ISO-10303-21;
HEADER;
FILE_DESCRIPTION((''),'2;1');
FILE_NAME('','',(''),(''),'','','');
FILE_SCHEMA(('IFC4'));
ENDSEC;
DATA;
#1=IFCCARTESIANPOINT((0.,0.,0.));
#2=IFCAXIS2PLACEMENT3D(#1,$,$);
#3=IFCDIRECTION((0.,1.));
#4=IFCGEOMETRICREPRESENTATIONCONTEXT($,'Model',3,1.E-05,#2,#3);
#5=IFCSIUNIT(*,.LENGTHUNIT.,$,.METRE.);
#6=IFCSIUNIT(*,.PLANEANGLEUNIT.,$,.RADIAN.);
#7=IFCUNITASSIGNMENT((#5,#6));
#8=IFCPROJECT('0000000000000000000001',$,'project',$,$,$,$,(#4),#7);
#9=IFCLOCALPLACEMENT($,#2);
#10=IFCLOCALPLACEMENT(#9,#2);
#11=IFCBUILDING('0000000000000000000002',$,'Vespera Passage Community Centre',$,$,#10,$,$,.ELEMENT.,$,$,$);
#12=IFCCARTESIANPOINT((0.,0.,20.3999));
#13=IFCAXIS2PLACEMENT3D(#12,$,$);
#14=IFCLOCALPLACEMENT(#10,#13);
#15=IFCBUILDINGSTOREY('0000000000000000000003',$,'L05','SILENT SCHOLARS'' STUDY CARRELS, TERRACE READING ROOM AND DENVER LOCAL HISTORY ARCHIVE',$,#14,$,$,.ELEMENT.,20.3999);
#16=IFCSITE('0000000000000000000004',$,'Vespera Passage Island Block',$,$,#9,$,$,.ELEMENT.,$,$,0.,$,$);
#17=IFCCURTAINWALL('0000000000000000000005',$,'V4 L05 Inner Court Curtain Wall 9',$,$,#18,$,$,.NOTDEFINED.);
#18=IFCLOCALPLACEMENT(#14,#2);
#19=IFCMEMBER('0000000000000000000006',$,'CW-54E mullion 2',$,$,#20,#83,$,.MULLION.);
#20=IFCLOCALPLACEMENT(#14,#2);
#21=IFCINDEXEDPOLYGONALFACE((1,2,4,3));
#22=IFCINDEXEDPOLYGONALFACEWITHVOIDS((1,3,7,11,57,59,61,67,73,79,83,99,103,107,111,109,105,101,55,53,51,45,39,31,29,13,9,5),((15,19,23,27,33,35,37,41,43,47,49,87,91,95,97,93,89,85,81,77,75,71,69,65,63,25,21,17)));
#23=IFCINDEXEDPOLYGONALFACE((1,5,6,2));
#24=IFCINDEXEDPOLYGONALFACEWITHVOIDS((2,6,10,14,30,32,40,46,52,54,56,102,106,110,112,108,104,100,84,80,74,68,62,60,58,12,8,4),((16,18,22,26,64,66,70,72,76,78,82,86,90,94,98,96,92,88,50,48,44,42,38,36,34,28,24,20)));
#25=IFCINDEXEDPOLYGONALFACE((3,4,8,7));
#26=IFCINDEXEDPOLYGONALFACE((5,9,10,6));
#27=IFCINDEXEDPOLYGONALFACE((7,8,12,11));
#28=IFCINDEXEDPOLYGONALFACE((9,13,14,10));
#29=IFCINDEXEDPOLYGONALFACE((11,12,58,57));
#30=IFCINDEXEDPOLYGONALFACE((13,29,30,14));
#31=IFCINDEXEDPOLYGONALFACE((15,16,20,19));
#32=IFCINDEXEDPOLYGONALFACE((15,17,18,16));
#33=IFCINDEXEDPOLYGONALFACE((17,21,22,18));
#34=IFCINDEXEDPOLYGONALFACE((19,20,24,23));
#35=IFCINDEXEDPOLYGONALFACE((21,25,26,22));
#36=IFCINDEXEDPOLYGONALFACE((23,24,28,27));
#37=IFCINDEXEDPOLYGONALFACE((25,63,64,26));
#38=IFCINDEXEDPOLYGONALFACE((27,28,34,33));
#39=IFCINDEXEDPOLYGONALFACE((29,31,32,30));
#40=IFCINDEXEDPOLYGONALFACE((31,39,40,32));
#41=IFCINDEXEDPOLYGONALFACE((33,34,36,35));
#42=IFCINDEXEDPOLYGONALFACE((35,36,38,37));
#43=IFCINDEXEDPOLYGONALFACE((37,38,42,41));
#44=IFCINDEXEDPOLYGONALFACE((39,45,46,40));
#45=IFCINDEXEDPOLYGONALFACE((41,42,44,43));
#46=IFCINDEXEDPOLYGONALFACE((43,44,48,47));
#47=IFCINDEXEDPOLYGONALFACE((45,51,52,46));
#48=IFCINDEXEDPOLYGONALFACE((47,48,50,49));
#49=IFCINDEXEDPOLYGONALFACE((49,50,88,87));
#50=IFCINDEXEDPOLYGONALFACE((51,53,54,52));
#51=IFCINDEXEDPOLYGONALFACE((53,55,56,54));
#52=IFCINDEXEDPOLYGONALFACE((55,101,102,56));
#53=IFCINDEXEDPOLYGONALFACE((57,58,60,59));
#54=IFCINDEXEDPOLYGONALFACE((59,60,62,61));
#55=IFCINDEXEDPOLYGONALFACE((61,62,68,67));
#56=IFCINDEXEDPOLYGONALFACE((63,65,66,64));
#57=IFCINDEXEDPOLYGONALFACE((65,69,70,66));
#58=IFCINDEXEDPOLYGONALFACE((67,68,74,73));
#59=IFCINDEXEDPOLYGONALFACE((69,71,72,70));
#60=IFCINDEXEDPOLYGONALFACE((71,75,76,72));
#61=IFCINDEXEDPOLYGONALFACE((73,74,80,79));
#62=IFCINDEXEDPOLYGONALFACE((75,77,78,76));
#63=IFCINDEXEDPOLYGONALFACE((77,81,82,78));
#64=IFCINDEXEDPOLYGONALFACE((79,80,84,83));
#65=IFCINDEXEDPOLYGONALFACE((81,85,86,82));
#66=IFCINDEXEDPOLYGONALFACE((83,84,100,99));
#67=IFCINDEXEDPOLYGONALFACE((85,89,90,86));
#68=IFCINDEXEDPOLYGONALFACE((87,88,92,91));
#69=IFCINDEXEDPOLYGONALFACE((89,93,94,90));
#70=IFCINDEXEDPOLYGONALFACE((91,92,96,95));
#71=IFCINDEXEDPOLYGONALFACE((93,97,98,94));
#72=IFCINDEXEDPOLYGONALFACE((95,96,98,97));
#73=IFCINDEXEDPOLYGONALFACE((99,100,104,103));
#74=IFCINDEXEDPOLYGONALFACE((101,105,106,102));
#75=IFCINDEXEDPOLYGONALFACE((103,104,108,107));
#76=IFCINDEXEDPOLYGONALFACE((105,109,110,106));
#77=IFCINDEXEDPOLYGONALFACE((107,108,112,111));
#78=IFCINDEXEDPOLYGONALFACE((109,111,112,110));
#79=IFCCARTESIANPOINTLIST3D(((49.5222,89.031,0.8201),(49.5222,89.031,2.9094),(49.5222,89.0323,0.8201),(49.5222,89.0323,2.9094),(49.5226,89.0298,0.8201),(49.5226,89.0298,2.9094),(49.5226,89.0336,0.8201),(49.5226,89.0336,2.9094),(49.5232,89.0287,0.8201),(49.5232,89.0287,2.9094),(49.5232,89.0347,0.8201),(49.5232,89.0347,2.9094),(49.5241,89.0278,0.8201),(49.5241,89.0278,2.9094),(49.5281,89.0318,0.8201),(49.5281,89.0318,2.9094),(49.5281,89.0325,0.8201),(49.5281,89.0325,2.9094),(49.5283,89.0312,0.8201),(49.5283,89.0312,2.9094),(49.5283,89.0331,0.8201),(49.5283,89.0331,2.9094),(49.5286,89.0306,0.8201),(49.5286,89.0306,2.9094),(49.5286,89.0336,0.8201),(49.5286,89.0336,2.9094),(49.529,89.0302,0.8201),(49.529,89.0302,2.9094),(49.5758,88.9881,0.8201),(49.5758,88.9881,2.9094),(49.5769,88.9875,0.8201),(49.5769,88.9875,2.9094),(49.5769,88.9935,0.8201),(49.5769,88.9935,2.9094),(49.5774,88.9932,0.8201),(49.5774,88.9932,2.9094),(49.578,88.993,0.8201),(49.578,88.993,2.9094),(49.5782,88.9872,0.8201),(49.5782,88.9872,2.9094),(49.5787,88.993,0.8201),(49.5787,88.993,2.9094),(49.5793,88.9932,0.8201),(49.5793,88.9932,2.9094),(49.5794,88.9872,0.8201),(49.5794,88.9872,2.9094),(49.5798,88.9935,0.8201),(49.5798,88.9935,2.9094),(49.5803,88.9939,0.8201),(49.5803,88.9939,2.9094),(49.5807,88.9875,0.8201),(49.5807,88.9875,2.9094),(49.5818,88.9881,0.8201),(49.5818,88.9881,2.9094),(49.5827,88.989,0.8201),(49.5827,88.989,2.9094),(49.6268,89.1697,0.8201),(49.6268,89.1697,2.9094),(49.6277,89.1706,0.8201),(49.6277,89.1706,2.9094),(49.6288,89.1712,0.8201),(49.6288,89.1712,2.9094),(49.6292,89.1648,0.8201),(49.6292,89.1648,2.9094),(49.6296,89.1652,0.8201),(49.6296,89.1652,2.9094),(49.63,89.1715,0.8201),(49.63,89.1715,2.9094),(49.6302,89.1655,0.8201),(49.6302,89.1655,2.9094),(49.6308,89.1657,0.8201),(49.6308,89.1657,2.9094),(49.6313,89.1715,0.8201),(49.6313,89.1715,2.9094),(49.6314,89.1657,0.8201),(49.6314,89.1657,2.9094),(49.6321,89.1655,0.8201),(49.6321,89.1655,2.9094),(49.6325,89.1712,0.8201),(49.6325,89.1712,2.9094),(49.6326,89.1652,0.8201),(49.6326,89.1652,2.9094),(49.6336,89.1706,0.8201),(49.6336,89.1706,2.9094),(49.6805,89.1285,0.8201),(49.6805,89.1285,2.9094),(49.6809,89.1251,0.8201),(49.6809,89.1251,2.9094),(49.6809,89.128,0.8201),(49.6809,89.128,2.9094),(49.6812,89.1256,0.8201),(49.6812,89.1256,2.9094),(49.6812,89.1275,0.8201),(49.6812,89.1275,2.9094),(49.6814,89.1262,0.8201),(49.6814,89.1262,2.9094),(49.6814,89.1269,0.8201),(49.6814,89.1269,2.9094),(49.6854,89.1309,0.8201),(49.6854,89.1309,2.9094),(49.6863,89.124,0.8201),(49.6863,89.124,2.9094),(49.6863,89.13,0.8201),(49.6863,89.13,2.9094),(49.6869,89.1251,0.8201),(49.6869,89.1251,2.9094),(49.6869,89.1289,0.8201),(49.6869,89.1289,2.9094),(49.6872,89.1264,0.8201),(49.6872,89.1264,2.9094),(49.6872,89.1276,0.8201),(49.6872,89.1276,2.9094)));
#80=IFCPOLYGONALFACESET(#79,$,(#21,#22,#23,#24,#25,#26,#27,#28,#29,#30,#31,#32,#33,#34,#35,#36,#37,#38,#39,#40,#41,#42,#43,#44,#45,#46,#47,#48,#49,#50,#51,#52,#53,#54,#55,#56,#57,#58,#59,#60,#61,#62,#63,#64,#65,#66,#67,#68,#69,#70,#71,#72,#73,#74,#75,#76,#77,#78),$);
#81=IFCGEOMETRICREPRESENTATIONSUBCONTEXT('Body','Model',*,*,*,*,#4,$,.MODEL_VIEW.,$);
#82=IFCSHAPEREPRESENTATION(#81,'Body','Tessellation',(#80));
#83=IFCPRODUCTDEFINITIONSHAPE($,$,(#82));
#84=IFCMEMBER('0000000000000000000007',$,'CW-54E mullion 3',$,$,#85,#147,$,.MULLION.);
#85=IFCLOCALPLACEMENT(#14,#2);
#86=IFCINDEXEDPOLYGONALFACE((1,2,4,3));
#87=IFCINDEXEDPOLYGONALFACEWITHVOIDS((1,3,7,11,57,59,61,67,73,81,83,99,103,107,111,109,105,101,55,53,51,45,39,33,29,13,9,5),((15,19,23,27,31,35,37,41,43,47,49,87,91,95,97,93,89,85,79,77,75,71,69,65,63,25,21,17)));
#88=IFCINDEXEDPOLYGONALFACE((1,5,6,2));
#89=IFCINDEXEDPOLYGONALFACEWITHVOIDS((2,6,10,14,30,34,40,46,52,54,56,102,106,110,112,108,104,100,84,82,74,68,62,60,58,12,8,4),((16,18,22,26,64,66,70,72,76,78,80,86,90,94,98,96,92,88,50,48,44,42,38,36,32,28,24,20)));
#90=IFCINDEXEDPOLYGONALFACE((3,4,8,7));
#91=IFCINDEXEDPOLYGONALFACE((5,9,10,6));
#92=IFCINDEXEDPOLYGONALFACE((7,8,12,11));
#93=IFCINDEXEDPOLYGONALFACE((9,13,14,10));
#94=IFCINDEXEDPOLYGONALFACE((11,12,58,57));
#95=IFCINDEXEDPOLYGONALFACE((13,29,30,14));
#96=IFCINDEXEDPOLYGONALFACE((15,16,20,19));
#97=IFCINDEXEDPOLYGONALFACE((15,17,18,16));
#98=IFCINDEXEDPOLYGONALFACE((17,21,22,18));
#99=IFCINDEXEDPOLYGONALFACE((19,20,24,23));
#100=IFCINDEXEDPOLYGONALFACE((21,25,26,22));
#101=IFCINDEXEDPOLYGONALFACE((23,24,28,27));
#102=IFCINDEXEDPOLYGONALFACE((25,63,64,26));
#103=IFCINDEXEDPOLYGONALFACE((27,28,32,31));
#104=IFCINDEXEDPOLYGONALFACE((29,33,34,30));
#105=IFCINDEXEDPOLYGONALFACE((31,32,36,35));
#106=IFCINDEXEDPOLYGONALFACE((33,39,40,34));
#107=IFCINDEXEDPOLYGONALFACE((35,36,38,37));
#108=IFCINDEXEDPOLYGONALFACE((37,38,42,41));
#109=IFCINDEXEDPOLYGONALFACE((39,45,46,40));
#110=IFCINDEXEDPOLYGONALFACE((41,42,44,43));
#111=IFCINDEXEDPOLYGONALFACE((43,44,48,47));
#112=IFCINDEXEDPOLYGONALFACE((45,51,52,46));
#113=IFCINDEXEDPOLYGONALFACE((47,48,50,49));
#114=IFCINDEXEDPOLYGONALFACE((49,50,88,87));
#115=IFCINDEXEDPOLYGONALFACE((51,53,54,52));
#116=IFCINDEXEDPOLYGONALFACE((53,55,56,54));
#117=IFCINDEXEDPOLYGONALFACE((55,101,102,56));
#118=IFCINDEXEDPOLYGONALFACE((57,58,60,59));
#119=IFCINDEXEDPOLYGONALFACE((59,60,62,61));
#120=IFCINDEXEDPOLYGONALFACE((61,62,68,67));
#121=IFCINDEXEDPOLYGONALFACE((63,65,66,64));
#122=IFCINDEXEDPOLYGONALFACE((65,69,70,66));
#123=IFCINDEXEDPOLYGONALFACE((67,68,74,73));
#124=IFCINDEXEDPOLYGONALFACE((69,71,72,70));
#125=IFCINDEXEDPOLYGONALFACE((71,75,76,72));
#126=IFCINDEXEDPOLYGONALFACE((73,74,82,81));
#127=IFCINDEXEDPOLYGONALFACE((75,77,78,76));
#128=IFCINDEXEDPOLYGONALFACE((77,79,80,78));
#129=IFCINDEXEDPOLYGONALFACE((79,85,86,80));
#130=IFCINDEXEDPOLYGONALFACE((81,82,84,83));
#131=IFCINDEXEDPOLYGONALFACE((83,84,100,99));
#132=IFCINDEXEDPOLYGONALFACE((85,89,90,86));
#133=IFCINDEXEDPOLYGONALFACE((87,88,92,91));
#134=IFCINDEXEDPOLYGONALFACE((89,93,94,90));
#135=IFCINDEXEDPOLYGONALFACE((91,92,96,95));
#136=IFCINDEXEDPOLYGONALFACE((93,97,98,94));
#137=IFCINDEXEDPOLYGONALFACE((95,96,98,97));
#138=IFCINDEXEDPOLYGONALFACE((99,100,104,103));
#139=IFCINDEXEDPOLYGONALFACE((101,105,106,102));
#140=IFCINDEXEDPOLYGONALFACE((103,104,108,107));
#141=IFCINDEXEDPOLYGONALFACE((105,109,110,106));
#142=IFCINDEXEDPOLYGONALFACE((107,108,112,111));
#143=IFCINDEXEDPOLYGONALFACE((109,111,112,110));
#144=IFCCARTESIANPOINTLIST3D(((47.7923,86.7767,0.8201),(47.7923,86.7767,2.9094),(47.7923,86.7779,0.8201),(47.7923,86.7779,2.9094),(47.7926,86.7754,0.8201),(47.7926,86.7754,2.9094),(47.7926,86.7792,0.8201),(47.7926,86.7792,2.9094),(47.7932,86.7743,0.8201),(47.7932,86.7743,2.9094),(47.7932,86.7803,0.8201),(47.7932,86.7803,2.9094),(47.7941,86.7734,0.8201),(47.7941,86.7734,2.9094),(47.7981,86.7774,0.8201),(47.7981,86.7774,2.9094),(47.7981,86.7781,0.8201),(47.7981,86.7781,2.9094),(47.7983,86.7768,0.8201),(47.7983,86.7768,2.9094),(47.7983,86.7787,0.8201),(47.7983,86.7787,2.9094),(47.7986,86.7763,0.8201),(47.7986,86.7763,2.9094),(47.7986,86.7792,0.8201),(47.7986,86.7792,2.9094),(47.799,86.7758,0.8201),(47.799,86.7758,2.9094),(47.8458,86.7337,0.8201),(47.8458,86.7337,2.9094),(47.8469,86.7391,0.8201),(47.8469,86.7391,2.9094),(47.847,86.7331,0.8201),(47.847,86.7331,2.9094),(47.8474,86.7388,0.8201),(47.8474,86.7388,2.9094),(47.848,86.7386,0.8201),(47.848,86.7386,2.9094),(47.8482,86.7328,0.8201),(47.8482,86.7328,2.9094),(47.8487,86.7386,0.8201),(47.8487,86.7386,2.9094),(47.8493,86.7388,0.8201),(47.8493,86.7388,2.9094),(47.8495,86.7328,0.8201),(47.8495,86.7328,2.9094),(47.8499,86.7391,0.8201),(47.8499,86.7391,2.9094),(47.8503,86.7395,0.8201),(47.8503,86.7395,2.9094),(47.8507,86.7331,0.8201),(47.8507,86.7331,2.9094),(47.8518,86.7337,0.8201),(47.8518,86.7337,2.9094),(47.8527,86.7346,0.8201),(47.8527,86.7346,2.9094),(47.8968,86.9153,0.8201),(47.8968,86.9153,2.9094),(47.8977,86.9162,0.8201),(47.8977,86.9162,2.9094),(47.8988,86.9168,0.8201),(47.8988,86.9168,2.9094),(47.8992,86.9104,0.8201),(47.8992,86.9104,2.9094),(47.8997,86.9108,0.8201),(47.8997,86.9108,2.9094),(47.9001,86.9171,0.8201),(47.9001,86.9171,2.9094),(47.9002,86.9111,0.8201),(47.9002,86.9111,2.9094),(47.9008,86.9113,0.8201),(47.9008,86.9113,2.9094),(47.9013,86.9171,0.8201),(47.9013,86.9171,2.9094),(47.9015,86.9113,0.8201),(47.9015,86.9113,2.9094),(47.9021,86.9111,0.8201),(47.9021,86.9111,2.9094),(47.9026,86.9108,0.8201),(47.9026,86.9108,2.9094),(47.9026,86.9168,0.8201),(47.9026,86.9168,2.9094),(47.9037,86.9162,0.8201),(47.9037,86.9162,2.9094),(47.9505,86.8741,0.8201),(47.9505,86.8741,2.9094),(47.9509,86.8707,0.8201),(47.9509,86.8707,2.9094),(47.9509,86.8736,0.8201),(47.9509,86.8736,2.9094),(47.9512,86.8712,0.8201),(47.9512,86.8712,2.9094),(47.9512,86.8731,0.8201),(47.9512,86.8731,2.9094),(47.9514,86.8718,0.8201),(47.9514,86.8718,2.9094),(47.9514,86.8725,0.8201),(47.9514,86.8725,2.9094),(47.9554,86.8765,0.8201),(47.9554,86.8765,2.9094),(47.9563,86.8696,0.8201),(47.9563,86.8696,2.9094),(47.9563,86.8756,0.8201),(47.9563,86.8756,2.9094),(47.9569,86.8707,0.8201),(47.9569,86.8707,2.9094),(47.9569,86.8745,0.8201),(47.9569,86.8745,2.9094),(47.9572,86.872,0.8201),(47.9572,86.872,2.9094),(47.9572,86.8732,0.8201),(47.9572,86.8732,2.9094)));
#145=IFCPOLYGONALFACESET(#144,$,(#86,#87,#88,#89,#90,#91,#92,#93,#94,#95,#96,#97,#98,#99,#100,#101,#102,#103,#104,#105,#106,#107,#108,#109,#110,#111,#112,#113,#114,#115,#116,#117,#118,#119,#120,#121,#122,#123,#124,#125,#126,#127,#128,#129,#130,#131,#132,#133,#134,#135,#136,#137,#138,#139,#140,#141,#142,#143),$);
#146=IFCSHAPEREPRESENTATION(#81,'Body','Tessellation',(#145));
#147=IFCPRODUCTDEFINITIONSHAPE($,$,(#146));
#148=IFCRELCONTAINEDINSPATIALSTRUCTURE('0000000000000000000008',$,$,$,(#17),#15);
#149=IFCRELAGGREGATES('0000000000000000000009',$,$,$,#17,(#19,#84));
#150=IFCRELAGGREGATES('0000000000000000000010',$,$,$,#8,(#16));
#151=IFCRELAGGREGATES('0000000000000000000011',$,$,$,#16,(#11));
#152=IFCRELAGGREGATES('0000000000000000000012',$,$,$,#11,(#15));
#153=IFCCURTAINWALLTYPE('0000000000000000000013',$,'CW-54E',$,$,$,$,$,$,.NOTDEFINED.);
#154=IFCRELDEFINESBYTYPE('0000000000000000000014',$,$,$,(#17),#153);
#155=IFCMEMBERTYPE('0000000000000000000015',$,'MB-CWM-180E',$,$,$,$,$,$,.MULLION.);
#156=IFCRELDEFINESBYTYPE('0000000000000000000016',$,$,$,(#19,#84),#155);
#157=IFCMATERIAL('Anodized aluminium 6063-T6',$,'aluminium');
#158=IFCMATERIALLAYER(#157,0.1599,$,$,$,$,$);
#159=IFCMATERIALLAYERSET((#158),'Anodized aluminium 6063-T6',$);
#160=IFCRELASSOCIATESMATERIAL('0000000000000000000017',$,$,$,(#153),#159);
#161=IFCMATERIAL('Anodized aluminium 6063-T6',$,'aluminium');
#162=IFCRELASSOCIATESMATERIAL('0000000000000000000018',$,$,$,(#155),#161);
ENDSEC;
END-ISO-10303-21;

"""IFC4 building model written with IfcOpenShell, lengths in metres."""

from ifc_helpers import new_model, si_unit, direction, frame, origin, origin_2d, place, context, subcontext, project, spatial, hollow_rectangle, extrude, material, layer, layer_set, material_profile, profile_set, type_object, element, aggregate, save


model = new_model("IFC4")

# Units and contexts
model_context = context("Model", 3, precision=1e-05, world=origin(), true_north=direction((0.0, 1.0)))
body_context = subcontext(model_context, "Body", "Model", "MODEL_VIEW")
ifc_project = project(units=[si_unit("LENGTHUNIT", "METRE"), si_unit("PLANEANGLEUNIT", "RADIAN")], contexts=[model_context])

# Site, building, storey
site_placement = place(None, origin())
site = spatial("IfcSite", under=ifc_project, at=site_placement, Name="Vespera Passage Island Block", CompositionType="ELEMENT", RefElevation=0.0)
building_placement = place(site_placement, origin())
building = spatial("IfcBuilding", under=site, at=building_placement, Name="Vespera Passage Community Centre", CompositionType="ELEMENT")
storey_placement = place(building_placement, frame((0.0, 0.0, 20.3999)))
storey = spatial("IfcBuildingStorey", under=building, at=storey_placement, Name="L05", Description="SILENT SCHOLARS' STUDY CARRELS, TERRACE READING ROOM AND DENVER LOCAL HISTORY ARCHIVE", CompositionType="ELEMENT", Elevation=20.3999)

# Curtain wall, members
ifc_material_1 = material(Name="Anodized aluminium 6063-T6", Category="aluminium")
ifc_layer_1 = layer(ifc_material_1, 0.1599)
ifc_layer_set_1 = layer_set([ifc_layer_1], Name="Anodized aluminium 6063-T6")
curtain_wall_type = type_object("IfcCurtainWallType", Name="CW-54E", PredefinedType="NOTDEFINED", material=ifc_layer_set_1)
curtain_wall_placement = place(storey_placement, origin())
curtain_wall = element("IfcCurtainWall", 1, at=curtain_wall_placement, inside=storey, type_object=curtain_wall_type, Name="V4 L05 Inner Court Curtain Wall 9", PredefinedType="NOTDEFINED")
ifc_material_2 = material(Name="Anodized aluminium 6063-T6", Category="aluminium")
ifc_material_profile_1 = material_profile(ifc_material_2, hollow_rectangle(XDim=0.075, YDim=0.1799, WallThickness=0.0049, InnerFilletRadius=0.0024, OuterFilletRadius=0.0049, at=origin_2d()), Name="ALU180X75X5")
ifc_profile_set_1 = profile_set([ifc_material_profile_1], Name="Anodized aluminium 6063-T6")
member_type_1 = type_object("IfcMemberType", Name="MB-CWM-180E", PredefinedType="MULLION", material=ifc_profile_set_1)
member_1_placement = place(storey_placement, frame((49.6047, 89.0793, 0.8201), z_axis=(0.0, 0.0, 1.0), x_axis=(0.793358, -0.608755, 0.0)))
member_1 = element("IfcMember", 2, at=member_1_placement, type_object=member_type_1, Name="CW-54E mullion 2", PredefinedType="MULLION", context=body_context, shape_type="SweptSolid", body=[
    extrude(hollow_rectangle(XDim=0.075, YDim=0.1799, WallThickness=0.0049, InnerFilletRadius=0.0024, OuterFilletRadius=0.0049, at=origin_2d()), origin(), (0.0, 0.0, 1.0), 2.0894),
])
member_2_placement = place(storey_placement, frame((47.8748, 86.825, 0.8201), z_axis=(0.0, 0.0, 1.0), x_axis=(0.793358, -0.608755, 0.0)))
member_2 = element("IfcMember", 3, at=member_2_placement, type_object=member_type_1, Name="CW-54E mullion 3", PredefinedType="MULLION", context=body_context, shape_type="SweptSolid", body=[
    extrude(hollow_rectangle(XDim=0.075, YDim=0.1799, WallThickness=0.0049, InnerFilletRadius=0.0024, OuterFilletRadius=0.0049, at=origin_2d()), origin(), (0.0, 0.0, 1.0), 2.0894),
])
aggregate(curtain_wall, [member_1, member_2])

save(model, "model.ifc")
